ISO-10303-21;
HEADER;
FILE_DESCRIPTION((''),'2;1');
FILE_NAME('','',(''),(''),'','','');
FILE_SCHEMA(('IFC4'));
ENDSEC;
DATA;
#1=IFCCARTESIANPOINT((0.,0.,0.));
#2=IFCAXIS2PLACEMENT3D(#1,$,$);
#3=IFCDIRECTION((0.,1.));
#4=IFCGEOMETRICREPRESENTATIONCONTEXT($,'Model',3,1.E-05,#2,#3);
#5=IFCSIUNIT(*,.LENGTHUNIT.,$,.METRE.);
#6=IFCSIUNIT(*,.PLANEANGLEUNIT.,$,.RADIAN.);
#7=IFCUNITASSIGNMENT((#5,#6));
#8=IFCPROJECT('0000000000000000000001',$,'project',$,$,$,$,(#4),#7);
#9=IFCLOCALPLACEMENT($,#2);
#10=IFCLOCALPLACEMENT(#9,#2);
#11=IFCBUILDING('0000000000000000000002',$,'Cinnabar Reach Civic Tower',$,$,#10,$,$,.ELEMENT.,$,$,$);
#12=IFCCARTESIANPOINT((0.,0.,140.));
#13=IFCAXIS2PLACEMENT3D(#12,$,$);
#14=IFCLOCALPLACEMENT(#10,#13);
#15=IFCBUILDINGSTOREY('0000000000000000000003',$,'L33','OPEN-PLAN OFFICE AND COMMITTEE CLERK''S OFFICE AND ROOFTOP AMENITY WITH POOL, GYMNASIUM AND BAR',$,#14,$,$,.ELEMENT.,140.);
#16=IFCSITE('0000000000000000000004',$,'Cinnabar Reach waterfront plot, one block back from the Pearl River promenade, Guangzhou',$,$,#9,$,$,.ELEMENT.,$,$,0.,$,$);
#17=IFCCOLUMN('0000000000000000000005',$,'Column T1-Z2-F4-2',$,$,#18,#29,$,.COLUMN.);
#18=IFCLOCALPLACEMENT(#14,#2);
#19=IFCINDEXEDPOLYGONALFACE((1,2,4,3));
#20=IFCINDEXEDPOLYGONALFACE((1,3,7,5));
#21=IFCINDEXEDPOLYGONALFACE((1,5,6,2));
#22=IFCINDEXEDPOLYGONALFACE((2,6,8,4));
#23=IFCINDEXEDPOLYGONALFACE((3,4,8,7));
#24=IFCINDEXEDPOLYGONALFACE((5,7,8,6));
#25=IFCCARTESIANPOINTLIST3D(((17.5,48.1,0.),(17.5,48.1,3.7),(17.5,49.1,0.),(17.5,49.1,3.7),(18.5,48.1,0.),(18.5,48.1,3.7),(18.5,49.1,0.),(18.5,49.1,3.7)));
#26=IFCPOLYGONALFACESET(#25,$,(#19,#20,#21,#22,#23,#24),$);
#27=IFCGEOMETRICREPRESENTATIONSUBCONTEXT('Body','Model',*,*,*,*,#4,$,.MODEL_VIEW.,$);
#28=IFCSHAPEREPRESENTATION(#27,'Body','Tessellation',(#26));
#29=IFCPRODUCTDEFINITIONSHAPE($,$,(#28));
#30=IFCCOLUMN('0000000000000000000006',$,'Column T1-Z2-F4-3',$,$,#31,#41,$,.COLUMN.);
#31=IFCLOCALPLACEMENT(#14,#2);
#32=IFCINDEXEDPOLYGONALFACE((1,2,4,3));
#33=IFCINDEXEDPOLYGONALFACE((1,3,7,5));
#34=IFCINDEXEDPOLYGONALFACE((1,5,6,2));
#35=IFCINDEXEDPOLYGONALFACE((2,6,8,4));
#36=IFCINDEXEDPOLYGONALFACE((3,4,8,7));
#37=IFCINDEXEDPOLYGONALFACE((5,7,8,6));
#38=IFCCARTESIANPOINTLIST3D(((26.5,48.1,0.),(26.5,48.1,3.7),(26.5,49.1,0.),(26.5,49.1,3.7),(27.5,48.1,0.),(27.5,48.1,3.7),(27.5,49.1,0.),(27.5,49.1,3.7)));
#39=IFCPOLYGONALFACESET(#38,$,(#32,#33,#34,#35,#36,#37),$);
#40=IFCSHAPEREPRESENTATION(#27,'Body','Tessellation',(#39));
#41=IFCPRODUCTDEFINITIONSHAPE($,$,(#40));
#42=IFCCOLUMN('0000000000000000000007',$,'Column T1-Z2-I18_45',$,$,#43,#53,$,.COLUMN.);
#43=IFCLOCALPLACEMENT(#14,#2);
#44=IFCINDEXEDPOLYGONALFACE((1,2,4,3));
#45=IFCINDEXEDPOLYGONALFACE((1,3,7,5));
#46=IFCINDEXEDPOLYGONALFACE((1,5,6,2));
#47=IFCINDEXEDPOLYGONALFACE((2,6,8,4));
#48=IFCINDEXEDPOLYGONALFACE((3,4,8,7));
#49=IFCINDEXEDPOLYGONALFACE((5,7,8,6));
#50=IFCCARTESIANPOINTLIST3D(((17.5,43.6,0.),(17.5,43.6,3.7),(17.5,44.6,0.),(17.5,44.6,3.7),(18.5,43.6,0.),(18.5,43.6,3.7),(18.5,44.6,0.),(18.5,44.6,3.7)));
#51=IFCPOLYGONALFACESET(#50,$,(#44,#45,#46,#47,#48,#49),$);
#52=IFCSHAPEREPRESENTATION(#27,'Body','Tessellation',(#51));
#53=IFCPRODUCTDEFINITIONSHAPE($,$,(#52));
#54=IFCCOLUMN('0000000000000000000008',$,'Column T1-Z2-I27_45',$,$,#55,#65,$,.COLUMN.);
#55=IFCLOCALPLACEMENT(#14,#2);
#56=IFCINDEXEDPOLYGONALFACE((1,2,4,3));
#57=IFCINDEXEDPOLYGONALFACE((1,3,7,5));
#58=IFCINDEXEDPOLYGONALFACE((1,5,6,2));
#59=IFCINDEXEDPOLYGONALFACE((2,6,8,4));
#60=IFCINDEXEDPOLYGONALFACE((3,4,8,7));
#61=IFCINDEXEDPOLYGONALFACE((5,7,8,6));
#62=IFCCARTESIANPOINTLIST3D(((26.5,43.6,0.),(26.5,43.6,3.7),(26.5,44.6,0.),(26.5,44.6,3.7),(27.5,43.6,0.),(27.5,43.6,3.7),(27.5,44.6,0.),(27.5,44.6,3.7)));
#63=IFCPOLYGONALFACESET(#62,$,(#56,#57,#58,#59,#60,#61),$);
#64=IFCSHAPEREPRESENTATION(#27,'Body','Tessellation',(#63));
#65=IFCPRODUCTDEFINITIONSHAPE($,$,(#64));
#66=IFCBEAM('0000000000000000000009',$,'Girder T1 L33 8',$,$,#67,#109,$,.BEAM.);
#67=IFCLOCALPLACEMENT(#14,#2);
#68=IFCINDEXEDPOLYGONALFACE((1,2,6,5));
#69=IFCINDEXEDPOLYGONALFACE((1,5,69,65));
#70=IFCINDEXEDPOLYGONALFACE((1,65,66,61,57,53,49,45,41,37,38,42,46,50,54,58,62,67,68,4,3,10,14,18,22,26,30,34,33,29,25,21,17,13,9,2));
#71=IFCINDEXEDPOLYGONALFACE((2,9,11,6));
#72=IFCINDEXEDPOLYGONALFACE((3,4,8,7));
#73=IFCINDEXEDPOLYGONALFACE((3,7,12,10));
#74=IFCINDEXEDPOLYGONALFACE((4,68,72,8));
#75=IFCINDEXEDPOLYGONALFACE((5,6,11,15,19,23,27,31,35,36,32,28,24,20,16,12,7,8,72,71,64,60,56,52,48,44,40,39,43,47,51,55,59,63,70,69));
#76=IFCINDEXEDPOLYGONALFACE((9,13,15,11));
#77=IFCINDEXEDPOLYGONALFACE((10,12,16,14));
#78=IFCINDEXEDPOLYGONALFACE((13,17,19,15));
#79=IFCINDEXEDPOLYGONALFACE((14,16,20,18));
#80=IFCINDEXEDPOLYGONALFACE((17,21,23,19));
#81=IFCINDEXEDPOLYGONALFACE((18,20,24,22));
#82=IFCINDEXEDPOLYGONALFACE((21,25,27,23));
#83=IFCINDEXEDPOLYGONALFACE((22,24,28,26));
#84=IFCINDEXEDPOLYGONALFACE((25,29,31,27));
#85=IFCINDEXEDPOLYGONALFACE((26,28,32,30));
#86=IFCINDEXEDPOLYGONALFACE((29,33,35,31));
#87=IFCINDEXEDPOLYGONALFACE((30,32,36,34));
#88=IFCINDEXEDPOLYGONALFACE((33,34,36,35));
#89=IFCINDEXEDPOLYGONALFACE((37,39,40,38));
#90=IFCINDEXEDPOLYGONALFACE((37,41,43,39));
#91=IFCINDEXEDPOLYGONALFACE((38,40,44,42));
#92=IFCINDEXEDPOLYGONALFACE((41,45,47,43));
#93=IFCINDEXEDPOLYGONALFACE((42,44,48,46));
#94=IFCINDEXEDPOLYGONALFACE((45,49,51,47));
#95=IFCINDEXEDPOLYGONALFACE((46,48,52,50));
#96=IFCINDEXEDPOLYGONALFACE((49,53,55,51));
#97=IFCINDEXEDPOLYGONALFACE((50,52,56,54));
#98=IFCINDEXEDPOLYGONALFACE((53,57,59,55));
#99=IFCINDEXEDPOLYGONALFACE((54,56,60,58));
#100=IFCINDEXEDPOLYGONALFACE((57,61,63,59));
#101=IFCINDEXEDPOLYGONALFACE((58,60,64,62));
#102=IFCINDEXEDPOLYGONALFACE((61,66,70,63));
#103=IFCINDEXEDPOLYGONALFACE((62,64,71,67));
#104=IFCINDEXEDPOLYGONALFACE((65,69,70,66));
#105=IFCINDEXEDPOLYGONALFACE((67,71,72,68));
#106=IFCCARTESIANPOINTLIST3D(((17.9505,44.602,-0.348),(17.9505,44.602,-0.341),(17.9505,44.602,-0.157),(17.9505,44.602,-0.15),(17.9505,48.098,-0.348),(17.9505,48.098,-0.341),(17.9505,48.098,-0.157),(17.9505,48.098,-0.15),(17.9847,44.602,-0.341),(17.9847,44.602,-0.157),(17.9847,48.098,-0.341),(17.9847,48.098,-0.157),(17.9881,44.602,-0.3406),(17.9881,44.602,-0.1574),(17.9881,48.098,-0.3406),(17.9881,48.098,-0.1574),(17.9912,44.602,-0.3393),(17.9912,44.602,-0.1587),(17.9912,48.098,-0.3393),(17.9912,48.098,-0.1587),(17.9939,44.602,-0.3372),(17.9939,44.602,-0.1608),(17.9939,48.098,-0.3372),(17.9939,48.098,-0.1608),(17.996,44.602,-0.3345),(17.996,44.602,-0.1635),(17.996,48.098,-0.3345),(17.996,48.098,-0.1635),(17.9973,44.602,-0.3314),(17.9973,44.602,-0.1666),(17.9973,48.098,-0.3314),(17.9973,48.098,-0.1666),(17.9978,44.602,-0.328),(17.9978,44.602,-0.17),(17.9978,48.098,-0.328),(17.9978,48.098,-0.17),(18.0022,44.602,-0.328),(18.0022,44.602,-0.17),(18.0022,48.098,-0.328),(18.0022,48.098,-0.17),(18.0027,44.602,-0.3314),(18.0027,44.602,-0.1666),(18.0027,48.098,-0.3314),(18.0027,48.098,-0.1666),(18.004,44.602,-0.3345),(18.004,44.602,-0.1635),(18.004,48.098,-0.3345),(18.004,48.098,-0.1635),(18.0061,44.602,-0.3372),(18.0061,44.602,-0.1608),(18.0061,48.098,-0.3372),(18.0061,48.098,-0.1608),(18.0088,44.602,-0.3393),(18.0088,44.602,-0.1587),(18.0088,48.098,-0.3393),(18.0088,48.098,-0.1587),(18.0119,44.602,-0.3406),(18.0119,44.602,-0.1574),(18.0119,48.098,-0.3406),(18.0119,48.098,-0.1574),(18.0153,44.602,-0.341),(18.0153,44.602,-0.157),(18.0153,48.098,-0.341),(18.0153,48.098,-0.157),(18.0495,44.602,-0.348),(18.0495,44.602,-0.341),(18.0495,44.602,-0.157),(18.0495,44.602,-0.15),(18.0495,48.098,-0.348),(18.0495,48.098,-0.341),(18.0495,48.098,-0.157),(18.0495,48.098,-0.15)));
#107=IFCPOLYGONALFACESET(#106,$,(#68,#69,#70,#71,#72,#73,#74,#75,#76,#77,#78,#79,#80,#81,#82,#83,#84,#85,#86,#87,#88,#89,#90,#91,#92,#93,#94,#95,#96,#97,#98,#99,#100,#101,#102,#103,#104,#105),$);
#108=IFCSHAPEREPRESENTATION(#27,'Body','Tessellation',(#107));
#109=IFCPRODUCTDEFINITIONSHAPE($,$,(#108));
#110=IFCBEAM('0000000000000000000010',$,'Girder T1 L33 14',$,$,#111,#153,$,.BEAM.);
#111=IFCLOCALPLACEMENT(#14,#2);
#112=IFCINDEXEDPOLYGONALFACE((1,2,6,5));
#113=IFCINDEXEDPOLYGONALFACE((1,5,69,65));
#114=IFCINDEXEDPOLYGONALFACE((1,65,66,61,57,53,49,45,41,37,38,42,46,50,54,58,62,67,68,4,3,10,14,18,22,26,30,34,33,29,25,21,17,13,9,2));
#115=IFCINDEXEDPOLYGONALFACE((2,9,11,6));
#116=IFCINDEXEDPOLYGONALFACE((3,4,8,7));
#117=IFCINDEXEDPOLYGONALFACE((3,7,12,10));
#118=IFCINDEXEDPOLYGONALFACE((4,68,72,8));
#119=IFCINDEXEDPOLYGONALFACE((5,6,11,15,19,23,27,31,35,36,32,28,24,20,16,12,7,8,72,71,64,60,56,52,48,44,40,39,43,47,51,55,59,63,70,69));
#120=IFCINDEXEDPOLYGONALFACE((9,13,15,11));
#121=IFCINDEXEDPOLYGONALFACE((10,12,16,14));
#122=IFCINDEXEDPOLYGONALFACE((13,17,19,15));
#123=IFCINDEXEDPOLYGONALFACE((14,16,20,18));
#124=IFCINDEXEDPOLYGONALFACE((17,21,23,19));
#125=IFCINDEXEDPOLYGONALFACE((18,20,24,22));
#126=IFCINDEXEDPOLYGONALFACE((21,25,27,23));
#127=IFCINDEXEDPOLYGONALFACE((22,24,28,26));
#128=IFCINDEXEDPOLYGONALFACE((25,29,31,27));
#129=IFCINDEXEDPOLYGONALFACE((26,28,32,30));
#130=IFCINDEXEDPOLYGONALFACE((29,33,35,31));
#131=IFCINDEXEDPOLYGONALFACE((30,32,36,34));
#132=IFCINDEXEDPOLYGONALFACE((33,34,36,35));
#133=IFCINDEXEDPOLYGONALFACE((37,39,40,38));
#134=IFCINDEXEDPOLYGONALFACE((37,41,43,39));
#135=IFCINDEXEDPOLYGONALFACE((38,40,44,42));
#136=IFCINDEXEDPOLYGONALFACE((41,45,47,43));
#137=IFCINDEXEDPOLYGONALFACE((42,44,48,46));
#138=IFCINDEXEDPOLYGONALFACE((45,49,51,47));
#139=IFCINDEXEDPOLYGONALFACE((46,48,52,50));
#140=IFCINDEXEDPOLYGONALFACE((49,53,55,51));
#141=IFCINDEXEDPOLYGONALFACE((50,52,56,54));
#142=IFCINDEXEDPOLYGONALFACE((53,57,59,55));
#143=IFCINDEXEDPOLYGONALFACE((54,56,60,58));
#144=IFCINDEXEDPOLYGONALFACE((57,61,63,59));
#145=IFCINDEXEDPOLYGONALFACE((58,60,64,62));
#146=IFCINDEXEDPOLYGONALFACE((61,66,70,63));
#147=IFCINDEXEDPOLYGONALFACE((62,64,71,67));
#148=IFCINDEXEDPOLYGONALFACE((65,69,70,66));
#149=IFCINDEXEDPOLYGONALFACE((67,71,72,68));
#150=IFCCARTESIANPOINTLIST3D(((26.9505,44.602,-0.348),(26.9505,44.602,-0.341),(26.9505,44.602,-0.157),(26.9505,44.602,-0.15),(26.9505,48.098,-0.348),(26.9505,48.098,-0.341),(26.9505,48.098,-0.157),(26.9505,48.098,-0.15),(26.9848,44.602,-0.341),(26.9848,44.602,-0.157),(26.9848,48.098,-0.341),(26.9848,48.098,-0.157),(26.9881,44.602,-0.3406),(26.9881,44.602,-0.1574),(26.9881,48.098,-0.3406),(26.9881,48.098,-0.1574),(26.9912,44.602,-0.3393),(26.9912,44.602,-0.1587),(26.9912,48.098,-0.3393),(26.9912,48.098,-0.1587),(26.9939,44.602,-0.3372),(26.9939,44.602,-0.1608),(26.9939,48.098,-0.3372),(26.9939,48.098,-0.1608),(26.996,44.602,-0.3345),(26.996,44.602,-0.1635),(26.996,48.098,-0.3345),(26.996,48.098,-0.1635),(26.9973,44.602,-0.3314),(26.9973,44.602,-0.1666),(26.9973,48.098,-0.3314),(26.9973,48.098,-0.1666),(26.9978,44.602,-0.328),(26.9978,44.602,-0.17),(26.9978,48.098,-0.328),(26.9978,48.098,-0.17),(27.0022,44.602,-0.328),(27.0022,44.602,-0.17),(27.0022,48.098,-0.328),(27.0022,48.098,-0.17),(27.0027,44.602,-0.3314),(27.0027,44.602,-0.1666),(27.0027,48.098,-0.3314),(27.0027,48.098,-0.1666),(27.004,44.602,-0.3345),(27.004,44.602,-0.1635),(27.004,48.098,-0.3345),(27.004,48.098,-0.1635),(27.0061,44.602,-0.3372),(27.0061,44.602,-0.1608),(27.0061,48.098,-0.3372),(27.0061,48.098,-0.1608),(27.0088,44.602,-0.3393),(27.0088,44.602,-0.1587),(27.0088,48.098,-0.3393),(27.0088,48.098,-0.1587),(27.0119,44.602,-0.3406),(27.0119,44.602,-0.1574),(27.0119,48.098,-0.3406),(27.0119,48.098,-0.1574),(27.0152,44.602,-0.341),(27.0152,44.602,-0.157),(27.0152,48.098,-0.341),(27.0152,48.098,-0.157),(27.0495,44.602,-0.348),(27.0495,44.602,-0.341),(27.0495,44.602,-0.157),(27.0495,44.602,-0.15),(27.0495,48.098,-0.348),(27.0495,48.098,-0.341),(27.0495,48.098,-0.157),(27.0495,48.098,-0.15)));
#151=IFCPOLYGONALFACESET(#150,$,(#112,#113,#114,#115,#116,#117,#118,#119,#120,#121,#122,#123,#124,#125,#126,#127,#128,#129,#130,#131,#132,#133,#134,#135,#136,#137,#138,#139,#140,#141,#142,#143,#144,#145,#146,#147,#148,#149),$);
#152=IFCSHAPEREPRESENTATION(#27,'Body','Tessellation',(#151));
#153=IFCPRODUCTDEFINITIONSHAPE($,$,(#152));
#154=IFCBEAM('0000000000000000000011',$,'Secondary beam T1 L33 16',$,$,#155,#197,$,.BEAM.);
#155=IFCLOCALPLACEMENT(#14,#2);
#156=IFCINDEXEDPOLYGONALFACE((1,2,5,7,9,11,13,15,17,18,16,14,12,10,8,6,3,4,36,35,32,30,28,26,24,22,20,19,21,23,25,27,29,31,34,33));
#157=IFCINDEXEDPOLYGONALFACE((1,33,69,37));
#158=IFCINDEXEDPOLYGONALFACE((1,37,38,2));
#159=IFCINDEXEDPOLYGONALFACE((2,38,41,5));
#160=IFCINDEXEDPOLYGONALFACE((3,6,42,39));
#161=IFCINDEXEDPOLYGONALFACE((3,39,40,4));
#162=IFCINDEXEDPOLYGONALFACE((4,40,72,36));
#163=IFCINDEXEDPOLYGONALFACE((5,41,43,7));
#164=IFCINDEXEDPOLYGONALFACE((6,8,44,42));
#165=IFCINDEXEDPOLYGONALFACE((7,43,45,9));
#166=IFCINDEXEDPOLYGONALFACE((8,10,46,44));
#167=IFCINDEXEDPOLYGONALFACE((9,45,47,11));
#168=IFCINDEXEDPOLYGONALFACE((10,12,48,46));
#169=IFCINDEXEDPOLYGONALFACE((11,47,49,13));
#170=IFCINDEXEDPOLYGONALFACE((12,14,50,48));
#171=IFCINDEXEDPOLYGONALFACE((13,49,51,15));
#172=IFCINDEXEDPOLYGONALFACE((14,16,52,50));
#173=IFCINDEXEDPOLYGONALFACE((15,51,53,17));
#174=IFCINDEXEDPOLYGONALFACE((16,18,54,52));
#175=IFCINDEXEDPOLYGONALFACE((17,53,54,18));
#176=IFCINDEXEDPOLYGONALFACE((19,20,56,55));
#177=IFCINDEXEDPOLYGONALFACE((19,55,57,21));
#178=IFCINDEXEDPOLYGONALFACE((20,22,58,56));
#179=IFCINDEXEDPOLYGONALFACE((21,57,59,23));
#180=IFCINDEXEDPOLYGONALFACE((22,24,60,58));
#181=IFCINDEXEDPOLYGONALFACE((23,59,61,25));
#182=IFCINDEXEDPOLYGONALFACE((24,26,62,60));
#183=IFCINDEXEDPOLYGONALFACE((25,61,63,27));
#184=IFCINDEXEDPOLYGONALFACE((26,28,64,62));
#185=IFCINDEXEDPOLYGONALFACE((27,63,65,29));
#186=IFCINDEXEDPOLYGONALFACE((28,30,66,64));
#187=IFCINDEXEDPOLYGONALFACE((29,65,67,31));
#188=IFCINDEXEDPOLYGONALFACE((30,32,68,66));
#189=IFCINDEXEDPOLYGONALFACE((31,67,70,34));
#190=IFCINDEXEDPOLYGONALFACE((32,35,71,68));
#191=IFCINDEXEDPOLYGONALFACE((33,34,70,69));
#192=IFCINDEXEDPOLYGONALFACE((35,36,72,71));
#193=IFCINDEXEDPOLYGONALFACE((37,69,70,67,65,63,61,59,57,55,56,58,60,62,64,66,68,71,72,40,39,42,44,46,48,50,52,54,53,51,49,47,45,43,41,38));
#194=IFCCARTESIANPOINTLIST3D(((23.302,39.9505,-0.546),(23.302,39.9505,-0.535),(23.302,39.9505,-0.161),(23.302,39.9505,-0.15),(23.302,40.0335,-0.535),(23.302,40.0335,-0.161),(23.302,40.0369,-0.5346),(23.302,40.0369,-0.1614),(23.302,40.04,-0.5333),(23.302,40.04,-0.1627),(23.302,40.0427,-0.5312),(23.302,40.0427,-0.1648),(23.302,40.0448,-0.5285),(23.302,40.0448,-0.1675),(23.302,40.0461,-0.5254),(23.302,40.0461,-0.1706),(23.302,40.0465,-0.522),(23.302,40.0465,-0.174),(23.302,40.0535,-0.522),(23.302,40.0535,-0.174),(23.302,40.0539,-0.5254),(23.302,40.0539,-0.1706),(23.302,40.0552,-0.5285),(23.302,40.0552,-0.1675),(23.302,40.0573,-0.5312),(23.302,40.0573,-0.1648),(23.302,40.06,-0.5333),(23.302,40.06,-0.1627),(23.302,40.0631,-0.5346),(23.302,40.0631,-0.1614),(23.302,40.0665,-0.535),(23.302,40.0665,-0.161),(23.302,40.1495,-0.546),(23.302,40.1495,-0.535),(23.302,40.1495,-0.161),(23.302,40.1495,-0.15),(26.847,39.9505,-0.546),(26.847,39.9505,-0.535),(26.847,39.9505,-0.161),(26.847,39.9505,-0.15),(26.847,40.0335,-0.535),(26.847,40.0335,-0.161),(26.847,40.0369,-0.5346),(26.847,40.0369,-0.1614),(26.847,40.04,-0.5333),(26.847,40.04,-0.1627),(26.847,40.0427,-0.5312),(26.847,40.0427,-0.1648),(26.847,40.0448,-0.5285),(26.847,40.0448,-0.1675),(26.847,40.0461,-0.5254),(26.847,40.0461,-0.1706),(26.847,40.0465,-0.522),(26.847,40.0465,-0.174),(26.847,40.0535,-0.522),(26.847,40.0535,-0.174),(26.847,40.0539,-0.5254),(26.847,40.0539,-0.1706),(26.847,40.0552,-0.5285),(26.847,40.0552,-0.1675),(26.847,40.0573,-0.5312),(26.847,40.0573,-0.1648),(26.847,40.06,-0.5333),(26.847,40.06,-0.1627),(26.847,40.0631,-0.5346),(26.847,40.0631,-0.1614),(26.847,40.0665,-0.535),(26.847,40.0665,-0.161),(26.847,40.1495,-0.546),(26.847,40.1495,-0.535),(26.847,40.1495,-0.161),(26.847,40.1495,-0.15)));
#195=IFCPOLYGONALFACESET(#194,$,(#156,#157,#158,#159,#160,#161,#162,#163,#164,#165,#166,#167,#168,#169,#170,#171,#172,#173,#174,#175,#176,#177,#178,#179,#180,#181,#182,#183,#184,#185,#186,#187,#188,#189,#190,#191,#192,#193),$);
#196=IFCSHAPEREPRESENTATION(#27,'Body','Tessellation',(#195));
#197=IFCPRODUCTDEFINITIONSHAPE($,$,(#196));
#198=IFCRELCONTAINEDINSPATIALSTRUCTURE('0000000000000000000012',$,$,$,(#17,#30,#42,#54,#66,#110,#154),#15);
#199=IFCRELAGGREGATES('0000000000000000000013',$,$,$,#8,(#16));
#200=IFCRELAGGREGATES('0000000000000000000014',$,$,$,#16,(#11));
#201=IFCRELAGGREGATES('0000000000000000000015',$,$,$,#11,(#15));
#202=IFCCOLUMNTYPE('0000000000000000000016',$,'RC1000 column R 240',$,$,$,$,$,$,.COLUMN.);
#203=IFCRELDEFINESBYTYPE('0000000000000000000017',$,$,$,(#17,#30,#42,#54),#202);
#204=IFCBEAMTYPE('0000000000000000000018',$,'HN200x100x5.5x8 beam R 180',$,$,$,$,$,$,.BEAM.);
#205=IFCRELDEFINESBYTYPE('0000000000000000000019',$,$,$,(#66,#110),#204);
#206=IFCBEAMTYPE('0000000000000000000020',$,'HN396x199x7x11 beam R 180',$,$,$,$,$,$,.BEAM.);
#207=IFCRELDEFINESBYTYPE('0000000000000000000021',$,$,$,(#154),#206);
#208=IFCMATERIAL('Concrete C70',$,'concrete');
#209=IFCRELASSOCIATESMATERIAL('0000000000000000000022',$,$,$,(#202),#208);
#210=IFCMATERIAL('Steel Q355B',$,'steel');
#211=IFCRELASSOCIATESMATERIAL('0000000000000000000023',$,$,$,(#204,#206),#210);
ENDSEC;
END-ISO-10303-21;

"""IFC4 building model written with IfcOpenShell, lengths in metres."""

from ifc_helpers import new_model, si_unit, direction, frame, origin, origin_2d, place, context, subcontext, project, spatial, rectangle, i_section, extrude, material, material_profile, profile_set, type_object, element, save


model = new_model("IFC4")

# Units and contexts
model_context = context("Model", 3, precision=1e-05, world=origin(), true_north=direction((0.0, 1.0)))
body_context = subcontext(model_context, "Body", "Model", "MODEL_VIEW")
ifc_project = project(units=[si_unit("LENGTHUNIT", "METRE"), si_unit("PLANEANGLEUNIT", "RADIAN")], contexts=[model_context])

# Site, building, storey
site_placement = place(None, origin())
site = spatial("IfcSite", under=ifc_project, at=site_placement, Name="Cinnabar Reach waterfront plot, one block back from the Pearl River promenade, Guangzhou", CompositionType="ELEMENT", RefElevation=0.0)
building_placement = place(site_placement, origin())
building = spatial("IfcBuilding", under=site, at=building_placement, Name="Cinnabar Reach Civic Tower", CompositionType="ELEMENT")
storey_placement = place(building_placement, frame((0.0, 0.0, 140.0)))
storey = spatial("IfcBuildingStorey", under=building, at=storey_placement, Name="L33", Description="OPEN-PLAN OFFICE AND COMMITTEE CLERK'S OFFICE AND ROOFTOP AMENITY WITH POOL, GYMNASIUM AND BAR", CompositionType="ELEMENT", Elevation=140.0)

# Columns
ifc_material_1 = material(Name="Concrete C70", Category="concrete")
ifc_material_profile_1 = material_profile(ifc_material_1, rectangle(XDim=1.0, YDim=1.0, at=origin_2d()), Name="RC1000")
ifc_profile_set_1 = profile_set([ifc_material_profile_1], Name="Concrete C70")
column_type = type_object("IfcColumnType", Name="RC1000 column R 240", PredefinedType="COLUMN", material=ifc_profile_set_1)
for number, where, z_axis, x_axis, name in (
    (1, (18.0, 48.6, 0.0), (0.0, 0.0, 1.0), (1.0, 0.0, 0.0), "Column T1-Z2-F4-2"),
    (2, (27.0, 48.6, 0.0), (0.0, 0.0, 1.0), (1.0, 0.0, 0.0), "Column T1-Z2-F4-3"),
    (3, (18.0, 44.1, 0.0), (0.0, 0.0, 1.0), (1.0, 0.0, 0.0), "Column T1-Z2-I18_45"),
    (4, (27.0, 44.1, 0.0), (0.0, 0.0, 1.0), (1.0, 0.0, 0.0), "Column T1-Z2-I27_45"),
):
    element("IfcColumn", number, at=place(storey_placement, frame(where, z_axis=z_axis, x_axis=x_axis)), inside=storey, type_object=column_type, Name=name, PredefinedType="COLUMN", context=body_context, shape_type="SweptSolid", body=[
        extrude(rectangle(XDim=1.0, YDim=1.0, at=origin_2d()), origin(), (0.0, 0.0, 1.0), 3.7),
    ])

# Beams
ifc_material_2 = material(Name="Steel Q355B", Category="steel")
ifc_material_profile_2 = material_profile(ifc_material_2, i_section(OverallWidth=0.099, OverallDepth=0.198, WebThickness=0.0045, FlangeThickness=0.007, FilletRadius=0.013, at=origin_2d()), Name="HN200x100x5.5x8")
ifc_profile_set_2 = profile_set([ifc_material_profile_2], Name="Steel Q355B")
beam_type_1 = type_object("IfcBeamType", Name="HN200x100x5.5x8 beam R 180", PredefinedType="BEAM", material=ifc_profile_set_2)
for number, where, z_axis, x_axis, name in (
    (5, (18.0, 44.602, -0.249), (0.0, 1.0, 0.0), (-1.0, 0.0, 0.0), "Girder T1 L33 8"),
    (6, (27.0, 44.602, -0.249), (0.0, 1.0, 0.0), (-1.0, 0.0, 0.0), "Girder T1 L33 14"),
):
    element("IfcBeam", number, at=place(storey_placement, frame(where, z_axis=z_axis, x_axis=x_axis)), inside=storey, type_object=beam_type_1, Name=name, PredefinedType="BEAM", context=body_context, shape_type="SweptSolid", body=[
        extrude(i_section(OverallWidth=0.099, OverallDepth=0.198, WebThickness=0.0045, FlangeThickness=0.007, FilletRadius=0.013, at=origin_2d()), origin(), (0.0, 0.0, 1.0), 3.496),
    ])
ifc_material_profile_3 = material_profile(ifc_material_2, i_section(OverallWidth=0.199, OverallDepth=0.396, WebThickness=0.007, FlangeThickness=0.011, FilletRadius=0.013, at=origin_2d()), Name="HN396x199x7x11")
ifc_profile_set_3 = profile_set([ifc_material_profile_3], Name="Steel Q355B")
beam_type_2 = type_object("IfcBeamType", Name="HN396x199x7x11 beam R 180", PredefinedType="BEAM", material=ifc_profile_set_3)
beam_1_placement = place(storey_placement, frame((23.302, 40.05, -0.348), z_axis=(1.0, 0.0, 0.0), x_axis=(0.0, 1.0, 0.0)))
element("IfcBeam", 7, at=beam_1_placement, inside=storey, type_object=beam_type_2, Name="Secondary beam T1 L33 16", PredefinedType="BEAM", context=body_context, shape_type="SweptSolid", body=[
    extrude(i_section(OverallWidth=0.199, OverallDepth=0.396, WebThickness=0.007, FlangeThickness=0.011, FilletRadius=0.013, at=origin_2d()), origin(), (0.0, 0.0, 1.0), 3.545),
])

save(model, "model.ifc")
